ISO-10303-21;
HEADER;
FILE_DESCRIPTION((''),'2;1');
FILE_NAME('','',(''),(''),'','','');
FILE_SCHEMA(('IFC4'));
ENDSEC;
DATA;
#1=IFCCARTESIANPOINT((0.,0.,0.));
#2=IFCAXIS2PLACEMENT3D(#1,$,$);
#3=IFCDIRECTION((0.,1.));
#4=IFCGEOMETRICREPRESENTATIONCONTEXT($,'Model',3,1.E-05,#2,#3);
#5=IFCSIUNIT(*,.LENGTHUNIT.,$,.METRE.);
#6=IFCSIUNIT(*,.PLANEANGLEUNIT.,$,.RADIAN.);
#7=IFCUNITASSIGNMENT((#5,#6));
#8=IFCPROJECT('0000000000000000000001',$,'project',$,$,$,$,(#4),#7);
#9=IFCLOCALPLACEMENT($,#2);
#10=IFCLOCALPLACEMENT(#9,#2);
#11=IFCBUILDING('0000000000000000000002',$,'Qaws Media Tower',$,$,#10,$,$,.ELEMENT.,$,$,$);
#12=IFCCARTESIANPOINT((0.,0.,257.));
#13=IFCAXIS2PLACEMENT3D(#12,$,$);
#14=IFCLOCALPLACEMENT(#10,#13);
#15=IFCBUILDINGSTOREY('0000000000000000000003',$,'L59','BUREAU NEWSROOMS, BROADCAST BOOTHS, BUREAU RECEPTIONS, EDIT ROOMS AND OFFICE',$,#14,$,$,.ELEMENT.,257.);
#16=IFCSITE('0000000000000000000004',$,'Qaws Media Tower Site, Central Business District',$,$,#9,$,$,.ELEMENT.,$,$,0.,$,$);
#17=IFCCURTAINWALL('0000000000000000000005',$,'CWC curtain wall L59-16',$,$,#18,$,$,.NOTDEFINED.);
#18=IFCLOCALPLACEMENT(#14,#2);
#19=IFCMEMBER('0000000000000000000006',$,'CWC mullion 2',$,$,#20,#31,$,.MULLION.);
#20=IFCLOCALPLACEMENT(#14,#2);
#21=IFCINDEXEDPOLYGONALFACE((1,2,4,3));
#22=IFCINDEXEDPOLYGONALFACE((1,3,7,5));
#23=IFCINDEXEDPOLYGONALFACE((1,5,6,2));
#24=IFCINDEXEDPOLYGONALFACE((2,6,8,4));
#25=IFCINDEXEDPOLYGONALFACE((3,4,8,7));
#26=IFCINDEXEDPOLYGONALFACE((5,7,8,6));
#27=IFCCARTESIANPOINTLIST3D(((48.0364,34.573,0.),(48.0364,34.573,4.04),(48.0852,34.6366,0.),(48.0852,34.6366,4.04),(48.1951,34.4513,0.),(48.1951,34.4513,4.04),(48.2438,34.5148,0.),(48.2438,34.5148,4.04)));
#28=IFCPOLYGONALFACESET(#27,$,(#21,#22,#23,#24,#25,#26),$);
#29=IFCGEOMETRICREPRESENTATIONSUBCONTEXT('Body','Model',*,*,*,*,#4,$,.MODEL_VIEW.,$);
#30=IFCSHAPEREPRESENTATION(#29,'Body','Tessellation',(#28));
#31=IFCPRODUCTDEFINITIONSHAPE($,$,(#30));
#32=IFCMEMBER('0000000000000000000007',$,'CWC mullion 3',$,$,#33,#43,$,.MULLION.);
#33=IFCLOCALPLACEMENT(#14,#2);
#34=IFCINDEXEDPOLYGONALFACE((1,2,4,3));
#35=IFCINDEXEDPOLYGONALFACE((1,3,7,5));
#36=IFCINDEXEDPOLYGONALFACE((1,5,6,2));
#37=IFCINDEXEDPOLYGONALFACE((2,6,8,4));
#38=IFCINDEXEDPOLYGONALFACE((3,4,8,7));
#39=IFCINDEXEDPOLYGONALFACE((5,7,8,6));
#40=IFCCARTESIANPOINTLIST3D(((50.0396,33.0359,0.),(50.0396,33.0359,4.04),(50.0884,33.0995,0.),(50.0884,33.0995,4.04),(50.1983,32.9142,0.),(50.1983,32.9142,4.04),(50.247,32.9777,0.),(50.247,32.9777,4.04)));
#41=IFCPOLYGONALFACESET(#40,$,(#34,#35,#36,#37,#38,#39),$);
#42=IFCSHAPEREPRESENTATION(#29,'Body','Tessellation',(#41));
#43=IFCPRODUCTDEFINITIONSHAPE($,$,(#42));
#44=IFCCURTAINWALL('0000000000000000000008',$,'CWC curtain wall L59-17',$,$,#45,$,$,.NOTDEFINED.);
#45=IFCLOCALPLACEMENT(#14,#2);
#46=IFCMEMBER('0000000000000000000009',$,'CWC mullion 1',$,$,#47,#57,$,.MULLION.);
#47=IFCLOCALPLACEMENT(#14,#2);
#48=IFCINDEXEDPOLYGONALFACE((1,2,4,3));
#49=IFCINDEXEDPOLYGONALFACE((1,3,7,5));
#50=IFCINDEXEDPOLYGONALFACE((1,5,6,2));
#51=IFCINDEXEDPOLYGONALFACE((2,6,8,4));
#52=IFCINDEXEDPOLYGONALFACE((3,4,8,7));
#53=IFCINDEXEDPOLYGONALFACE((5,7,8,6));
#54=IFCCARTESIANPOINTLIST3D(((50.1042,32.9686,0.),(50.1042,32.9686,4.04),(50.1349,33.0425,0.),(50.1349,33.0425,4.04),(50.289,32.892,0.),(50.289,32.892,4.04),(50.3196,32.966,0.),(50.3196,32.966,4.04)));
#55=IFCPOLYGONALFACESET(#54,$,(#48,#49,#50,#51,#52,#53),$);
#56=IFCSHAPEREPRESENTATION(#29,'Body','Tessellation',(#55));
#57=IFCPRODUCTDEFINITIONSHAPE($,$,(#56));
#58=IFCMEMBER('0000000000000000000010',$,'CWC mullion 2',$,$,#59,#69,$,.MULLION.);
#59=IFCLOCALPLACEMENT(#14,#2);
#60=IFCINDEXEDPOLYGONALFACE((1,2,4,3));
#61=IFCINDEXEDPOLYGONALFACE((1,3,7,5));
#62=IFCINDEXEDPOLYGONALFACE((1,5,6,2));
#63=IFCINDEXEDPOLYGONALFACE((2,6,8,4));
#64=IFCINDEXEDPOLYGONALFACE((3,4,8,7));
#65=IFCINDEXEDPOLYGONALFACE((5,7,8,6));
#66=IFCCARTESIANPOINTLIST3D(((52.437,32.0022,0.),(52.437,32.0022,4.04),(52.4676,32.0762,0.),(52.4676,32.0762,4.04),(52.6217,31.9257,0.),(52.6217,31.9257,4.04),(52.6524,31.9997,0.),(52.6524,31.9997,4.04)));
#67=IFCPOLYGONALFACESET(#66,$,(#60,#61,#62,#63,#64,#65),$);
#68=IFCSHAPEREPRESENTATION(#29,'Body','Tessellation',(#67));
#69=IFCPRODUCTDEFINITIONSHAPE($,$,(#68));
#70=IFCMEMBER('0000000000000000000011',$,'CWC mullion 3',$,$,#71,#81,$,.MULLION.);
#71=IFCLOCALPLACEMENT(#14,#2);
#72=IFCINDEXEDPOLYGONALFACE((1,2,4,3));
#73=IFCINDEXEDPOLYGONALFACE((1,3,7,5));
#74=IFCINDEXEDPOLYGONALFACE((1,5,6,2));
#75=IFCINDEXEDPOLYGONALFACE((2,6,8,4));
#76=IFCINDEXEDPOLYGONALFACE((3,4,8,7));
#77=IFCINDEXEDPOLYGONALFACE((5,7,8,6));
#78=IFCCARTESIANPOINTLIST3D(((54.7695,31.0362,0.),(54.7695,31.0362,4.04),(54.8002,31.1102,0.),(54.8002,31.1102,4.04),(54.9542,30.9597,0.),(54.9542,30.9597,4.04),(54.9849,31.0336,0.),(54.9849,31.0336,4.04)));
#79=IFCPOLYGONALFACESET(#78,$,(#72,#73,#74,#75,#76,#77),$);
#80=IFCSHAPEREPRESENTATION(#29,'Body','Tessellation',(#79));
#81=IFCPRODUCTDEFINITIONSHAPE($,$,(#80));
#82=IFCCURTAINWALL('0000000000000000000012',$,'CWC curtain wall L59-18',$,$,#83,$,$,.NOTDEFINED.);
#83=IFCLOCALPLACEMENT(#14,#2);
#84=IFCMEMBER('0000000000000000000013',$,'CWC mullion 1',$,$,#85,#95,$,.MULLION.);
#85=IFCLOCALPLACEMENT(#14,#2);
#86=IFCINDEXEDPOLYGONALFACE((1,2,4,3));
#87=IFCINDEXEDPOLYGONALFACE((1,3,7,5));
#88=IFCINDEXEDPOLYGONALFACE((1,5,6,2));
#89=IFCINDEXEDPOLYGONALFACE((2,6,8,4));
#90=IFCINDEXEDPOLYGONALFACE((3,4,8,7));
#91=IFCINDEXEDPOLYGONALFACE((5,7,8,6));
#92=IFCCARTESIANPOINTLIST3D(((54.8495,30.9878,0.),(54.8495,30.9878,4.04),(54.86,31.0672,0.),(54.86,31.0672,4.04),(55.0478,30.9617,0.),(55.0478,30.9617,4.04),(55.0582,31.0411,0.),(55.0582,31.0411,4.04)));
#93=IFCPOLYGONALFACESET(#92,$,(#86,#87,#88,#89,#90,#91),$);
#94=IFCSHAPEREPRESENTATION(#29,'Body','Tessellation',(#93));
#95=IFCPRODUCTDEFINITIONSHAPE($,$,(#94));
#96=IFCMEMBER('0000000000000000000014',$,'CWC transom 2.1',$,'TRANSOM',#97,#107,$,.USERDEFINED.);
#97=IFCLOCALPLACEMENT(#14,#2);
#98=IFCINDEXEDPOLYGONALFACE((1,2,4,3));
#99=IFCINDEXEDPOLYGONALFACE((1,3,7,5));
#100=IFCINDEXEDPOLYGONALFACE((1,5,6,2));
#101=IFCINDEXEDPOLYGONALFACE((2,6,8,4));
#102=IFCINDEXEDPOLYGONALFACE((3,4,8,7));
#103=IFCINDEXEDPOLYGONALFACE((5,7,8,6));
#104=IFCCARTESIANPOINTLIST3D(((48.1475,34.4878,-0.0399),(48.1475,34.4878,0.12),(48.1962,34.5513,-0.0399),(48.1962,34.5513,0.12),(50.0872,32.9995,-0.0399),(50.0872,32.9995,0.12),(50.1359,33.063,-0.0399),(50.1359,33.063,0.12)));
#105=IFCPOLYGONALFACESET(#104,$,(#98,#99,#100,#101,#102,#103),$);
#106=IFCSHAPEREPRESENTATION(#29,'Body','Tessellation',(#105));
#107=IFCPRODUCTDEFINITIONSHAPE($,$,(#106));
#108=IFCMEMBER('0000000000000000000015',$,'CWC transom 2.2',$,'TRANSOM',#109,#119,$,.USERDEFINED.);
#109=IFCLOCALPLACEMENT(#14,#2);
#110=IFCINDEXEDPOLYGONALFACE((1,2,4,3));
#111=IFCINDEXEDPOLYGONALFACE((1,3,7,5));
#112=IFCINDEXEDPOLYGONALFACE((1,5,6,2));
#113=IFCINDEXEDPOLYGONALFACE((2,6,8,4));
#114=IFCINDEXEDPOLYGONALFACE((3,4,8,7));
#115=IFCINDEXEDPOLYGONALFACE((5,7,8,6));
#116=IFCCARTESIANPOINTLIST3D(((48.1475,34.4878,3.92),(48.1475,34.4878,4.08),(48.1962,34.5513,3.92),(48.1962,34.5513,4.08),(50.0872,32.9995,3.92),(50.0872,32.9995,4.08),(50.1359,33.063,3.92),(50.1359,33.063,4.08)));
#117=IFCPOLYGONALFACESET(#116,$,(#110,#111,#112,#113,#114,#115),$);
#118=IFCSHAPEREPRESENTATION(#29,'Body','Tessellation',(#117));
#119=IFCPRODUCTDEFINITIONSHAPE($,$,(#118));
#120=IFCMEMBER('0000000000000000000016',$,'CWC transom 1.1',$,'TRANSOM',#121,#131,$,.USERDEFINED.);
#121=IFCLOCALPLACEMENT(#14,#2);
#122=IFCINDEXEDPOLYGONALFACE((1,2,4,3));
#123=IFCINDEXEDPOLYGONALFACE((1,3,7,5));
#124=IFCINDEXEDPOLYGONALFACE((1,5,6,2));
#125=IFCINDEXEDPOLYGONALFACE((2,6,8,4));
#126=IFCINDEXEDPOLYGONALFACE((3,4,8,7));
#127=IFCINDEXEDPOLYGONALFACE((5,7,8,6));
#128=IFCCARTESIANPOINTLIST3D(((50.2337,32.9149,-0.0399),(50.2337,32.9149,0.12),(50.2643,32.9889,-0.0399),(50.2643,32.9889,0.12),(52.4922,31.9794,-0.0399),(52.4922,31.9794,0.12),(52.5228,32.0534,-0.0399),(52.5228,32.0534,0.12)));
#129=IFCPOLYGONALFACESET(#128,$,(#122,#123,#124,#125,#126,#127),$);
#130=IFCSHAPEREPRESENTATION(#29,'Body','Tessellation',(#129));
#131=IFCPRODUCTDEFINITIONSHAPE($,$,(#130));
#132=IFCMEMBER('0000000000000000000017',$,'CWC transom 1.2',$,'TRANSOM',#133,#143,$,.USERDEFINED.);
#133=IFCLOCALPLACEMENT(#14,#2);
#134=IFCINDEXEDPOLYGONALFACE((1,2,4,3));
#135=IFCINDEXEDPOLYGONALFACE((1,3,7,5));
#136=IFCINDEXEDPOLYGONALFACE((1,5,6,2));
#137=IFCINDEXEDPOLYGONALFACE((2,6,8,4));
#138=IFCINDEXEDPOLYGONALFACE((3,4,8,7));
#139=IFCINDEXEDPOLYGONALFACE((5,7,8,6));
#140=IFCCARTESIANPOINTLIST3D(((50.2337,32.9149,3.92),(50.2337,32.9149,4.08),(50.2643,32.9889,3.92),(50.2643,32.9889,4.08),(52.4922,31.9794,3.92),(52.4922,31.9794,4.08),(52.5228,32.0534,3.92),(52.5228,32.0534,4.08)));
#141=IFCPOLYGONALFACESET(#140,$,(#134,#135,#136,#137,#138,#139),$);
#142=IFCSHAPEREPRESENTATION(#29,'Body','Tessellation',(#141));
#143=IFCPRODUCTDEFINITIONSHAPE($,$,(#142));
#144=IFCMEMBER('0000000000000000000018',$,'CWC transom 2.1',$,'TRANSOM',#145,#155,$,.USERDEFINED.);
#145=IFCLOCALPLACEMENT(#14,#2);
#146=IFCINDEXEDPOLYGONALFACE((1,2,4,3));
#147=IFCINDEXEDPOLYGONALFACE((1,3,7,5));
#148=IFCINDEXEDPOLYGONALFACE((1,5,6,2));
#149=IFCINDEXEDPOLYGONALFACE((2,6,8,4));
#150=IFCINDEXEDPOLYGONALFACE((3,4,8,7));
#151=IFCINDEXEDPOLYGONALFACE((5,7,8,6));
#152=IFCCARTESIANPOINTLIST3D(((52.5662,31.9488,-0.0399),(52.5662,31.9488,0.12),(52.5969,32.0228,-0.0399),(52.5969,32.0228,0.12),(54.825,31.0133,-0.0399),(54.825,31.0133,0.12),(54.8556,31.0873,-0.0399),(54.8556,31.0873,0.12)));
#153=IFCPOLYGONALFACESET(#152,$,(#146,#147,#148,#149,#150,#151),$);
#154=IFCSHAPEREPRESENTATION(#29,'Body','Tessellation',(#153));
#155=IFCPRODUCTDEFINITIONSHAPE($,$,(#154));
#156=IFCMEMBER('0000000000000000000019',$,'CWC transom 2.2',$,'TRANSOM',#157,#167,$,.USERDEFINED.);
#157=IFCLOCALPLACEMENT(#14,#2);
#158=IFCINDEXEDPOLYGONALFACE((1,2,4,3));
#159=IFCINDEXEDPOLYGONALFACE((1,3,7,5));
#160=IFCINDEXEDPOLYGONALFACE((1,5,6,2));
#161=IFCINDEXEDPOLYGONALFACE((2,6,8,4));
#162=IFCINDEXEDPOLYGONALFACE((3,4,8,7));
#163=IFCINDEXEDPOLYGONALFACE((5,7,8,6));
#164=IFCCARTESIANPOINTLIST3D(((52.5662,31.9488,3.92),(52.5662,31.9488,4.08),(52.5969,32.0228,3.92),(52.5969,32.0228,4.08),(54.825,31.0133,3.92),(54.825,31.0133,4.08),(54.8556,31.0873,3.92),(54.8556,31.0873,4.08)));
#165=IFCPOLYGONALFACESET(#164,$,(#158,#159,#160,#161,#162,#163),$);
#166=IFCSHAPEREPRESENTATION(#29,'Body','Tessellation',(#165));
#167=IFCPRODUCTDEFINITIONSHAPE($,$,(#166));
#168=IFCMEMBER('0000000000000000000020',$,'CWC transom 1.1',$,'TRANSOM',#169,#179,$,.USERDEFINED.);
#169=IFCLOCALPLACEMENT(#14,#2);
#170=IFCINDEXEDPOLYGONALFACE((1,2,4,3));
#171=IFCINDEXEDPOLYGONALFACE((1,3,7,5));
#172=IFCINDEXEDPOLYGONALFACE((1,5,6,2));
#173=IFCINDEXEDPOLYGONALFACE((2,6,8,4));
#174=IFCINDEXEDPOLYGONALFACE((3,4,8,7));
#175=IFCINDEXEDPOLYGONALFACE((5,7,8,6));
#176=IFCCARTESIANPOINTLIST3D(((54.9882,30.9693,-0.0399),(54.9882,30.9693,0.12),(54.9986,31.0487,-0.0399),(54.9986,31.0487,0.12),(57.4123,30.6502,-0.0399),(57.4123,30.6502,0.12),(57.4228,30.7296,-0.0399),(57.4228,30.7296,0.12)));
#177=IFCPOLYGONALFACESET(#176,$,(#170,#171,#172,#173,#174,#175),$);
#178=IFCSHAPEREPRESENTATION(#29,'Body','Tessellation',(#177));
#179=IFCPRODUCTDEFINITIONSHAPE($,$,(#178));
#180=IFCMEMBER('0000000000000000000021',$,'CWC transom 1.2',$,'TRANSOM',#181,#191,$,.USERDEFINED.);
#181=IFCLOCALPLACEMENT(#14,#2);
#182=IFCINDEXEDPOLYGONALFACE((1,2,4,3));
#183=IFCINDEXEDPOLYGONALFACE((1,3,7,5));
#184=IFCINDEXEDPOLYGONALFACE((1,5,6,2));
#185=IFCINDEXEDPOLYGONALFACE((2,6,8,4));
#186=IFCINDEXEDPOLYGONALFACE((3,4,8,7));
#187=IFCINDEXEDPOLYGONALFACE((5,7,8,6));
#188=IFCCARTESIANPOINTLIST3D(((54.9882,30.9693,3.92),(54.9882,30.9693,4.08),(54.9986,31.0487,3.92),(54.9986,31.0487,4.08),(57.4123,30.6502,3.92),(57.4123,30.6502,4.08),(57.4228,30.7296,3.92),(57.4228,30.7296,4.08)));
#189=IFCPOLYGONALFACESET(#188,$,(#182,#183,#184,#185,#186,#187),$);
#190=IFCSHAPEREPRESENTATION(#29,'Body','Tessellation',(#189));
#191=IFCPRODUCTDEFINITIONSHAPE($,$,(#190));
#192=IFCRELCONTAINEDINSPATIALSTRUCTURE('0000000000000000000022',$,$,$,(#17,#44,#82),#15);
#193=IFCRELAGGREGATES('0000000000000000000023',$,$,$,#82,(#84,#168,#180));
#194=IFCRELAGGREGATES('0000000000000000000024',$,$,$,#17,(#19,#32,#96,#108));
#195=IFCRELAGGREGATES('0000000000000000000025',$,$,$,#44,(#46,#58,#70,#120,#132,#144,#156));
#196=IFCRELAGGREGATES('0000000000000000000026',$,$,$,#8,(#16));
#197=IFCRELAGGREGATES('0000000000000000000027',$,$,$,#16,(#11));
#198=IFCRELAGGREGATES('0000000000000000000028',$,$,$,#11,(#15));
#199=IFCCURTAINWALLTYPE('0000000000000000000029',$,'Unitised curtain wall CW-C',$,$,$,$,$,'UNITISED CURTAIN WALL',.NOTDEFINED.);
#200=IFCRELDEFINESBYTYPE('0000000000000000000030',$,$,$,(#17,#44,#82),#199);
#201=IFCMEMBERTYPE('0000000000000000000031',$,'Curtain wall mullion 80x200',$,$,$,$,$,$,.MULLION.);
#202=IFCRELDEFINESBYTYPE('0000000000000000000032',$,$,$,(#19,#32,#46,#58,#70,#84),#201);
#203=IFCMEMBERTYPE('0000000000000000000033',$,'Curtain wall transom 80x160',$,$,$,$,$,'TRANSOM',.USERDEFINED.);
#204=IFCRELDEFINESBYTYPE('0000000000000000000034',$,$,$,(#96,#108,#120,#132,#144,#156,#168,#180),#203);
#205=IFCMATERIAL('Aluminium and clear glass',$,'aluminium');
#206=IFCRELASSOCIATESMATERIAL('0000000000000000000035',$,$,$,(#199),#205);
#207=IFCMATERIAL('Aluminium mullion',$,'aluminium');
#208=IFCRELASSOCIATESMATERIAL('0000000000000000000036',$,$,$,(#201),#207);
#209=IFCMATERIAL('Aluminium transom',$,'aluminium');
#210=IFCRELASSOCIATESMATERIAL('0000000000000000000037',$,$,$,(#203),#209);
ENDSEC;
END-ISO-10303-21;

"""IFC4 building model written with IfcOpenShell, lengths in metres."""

from ifc_helpers import new_model, si_unit, direction, frame, origin, origin_2d, place, context, subcontext, project, spatial, rectangle, extrude, material, material_profile, profile_set, type_object, element, aggregate, save


model = new_model("IFC4")

# Units and contexts
model_context = context("Model", 3, precision=1e-05, world=origin(), true_north=direction((0.0, 1.0)))
body_context = subcontext(model_context, "Body", "Model", "MODEL_VIEW")
ifc_project = project(units=[si_unit("LENGTHUNIT", "METRE"), si_unit("PLANEANGLEUNIT", "RADIAN")], contexts=[model_context])

# Site, building, storey
site_placement = place(None, origin())
site = spatial("IfcSite", under=ifc_project, at=site_placement, Name="Qaws Media Tower Site, Central Business District", CompositionType="ELEMENT", RefElevation=0.0)
building_placement = place(site_placement, origin())
building = spatial("IfcBuilding", under=site, at=building_placement, Name="Qaws Media Tower", CompositionType="ELEMENT")
storey_placement = place(building_placement, frame((0.0, 0.0, 257.0)))
storey = spatial("IfcBuildingStorey", under=building, at=storey_placement, Name="L59", Description="BUREAU NEWSROOMS, BROADCAST BOOTHS, BUREAU RECEPTIONS, EDIT ROOMS AND OFFICE", CompositionType="ELEMENT", Elevation=257.0)

# Curtain walls, members
ifc_material_1 = material(Name="Aluminium and clear glass", Category="aluminium")
curtain_wall_type = type_object("IfcCurtainWallType", Name="Unitised curtain wall CW-C", ElementType="UNITISED CURTAIN WALL", PredefinedType="NOTDEFINED", material=ifc_material_1)
curtain_wall_1_placement = place(storey_placement, origin())
curtain_wall_1 = element("IfcCurtainWall", 1, at=curtain_wall_1_placement, inside=storey, type_object=curtain_wall_type, Name="CWC curtain wall L59-16", PredefinedType="NOTDEFINED")
ifc_material_2 = material(Name="Aluminium mullion", Category="aluminium")
ifc_material_profile_1 = material_profile(ifc_material_2, rectangle(XDim=0.0801, YDim=0.2, at=origin_2d()), Name="80x200")
ifc_profile_set_1 = profile_set([ifc_material_profile_1], Name="Aluminium mullion")
member_type_1 = type_object("IfcMemberType", Name="Curtain wall mullion 80x200", PredefinedType="MULLION", material=ifc_profile_set_1)
member_1_placement = place(storey_placement, frame((48.1401, 34.5439, 0.0), z_axis=(0.0, 0.0, 1.0), x_axis=(0.608761, 0.793353, 0.0)))
member_1 = element("IfcMember", 2, at=member_1_placement, type_object=member_type_1, Name="CWC mullion 2", PredefinedType="MULLION", context=body_context, shape_type="SweptSolid", body=[
    extrude(rectangle(XDim=0.0801, YDim=0.2, at=origin_2d()), origin(), (0.0, 0.0, 1.0), 4.04),
])
member_2_placement = place(storey_placement, frame((50.1433, 33.0068, 0.0), z_axis=(0.0, 0.0, 1.0), x_axis=(0.608761, 0.793353, 0.0)))
member_2 = element("IfcMember", 3, at=member_2_placement, type_object=member_type_1, Name="CWC mullion 3", PredefinedType="MULLION", context=body_context, shape_type="SweptSolid", body=[
    extrude(rectangle(XDim=0.0801, YDim=0.2, at=origin_2d()), origin(), (0.0, 0.0, 1.0), 4.04),
])
curtain_wall_2_placement = place(storey_placement, origin())
curtain_wall_2 = element("IfcCurtainWall", 4, at=curtain_wall_2_placement, inside=storey, type_object=curtain_wall_type, Name="CWC curtain wall L59-17", PredefinedType="NOTDEFINED")
member_3_placement = place(storey_placement, frame((50.2119, 32.9673, 0.0), z_axis=(0.0, 0.0, 1.0), x_axis=(0.382683, 0.92388, 0.0)))
member_3 = element("IfcMember", 5, at=member_3_placement, type_object=member_type_1, Name="CWC mullion 1", PredefinedType="MULLION", context=body_context, shape_type="SweptSolid", body=[
    extrude(rectangle(XDim=0.0801, YDim=0.2, at=origin_2d()), origin(), (0.0, 0.0, 1.0), 4.04),
])
member_4_placement = place(storey_placement, frame((52.5447, 32.001, 0.0), z_axis=(0.0, 0.0, 1.0), x_axis=(0.382683, 0.92388, 0.0)))
member_4 = element("IfcMember", 6, at=member_4_placement, type_object=member_type_1, Name="CWC mullion 2", PredefinedType="MULLION", context=body_context, shape_type="SweptSolid", body=[
    extrude(rectangle(XDim=0.0801, YDim=0.2, at=origin_2d()), origin(), (0.0, 0.0, 1.0), 4.04),
])
member_5_placement = place(storey_placement, frame((54.8772, 31.0349, 0.0), z_axis=(0.0, 0.0, 1.0), x_axis=(0.382683, 0.92388, 0.0)))
member_5 = element("IfcMember", 7, at=member_5_placement, type_object=member_type_1, Name="CWC mullion 3", PredefinedType="MULLION", context=body_context, shape_type="SweptSolid", body=[
    extrude(rectangle(XDim=0.0801, YDim=0.2, at=origin_2d()), origin(), (0.0, 0.0, 1.0), 4.04),
])

# Curtain wall, member
curtain_wall_3_placement = place(storey_placement, origin())
curtain_wall_3 = element("IfcCurtainWall", 8, at=curtain_wall_3_placement, inside=storey, type_object=curtain_wall_type, Name="CWC curtain wall L59-18", PredefinedType="NOTDEFINED")
member_6_placement = place(storey_placement, frame((54.9539, 31.0144, 0.0), z_axis=(0.0, 0.0, 1.0), x_axis=(0.130526, 0.991445, 0.0)))
member_6 = element("IfcMember", 9, at=member_6_placement, type_object=member_type_1, Name="CWC mullion 1", PredefinedType="MULLION", context=body_context, shape_type="SweptSolid", body=[
    extrude(rectangle(XDim=0.0801, YDim=0.2, at=origin_2d()), origin(), (0.0, 0.0, 1.0), 4.04),
])

# Members
ifc_material_3 = material(Name="Aluminium transom", Category="aluminium")
ifc_material_profile_2 = material_profile(ifc_material_3, rectangle(XDim=0.0801, YDim=0.1599, at=origin_2d()), Name="80x160")
ifc_profile_set_2 = profile_set([ifc_material_profile_2], Name="Aluminium transom")
member_type_2 = type_object("IfcMemberType", Name="Curtain wall transom 80x160", ElementType="TRANSOM", PredefinedType="USERDEFINED", material=ifc_profile_set_2)
member_7_placement = place(storey_placement, frame((48.1719, 34.5195, 0.04), z_axis=(0.793373, -0.608735, 0.0), x_axis=(0.608735, 0.793373, 0.0)))
member_7 = element("IfcMember", 10, at=member_7_placement, type_object=member_type_2, Name="CWC transom 2.1", ObjectType="TRANSOM", PredefinedType="USERDEFINED", context=body_context, shape_type="SweptSolid", body=[
    extrude(rectangle(XDim=0.0801, YDim=0.1599, at=origin_2d()), origin(), (0.0, 0.0, 1.0), 2.4448),
])
member_8_placement = place(storey_placement, frame((48.1719, 34.5195, 4.0), z_axis=(0.793373, -0.608735, 0.0), x_axis=(0.608735, 0.793373, 0.0)))
member_8 = element("IfcMember", 11, at=member_8_placement, type_object=member_type_2, Name="CWC transom 2.2", ObjectType="TRANSOM", PredefinedType="USERDEFINED", context=body_context, shape_type="SweptSolid", body=[
    extrude(rectangle(XDim=0.0801, YDim=0.1599, at=origin_2d()), origin(), (0.0, 0.0, 1.0), 2.4448),
])
member_9_placement = place(storey_placement, frame((50.249, 32.9519, 0.04), z_axis=(0.923876, -0.382693, 0.0), x_axis=(0.382693, 0.923876, 0.0)))
member_9 = element("IfcMember", 12, at=member_9_placement, type_object=member_type_2, Name="CWC transom 1.1", ObjectType="TRANSOM", PredefinedType="USERDEFINED", context=body_context, shape_type="SweptSolid", body=[
    extrude(rectangle(XDim=0.0801, YDim=0.1599, at=origin_2d()), origin(), (0.0, 0.0, 1.0), 2.4446),
])
member_10_placement = place(storey_placement, frame((50.249, 32.9519, 4.0), z_axis=(0.923876, -0.382693, 0.0), x_axis=(0.382693, 0.923876, 0.0)))
member_10 = element("IfcMember", 13, at=member_10_placement, type_object=member_type_2, Name="CWC transom 1.2", ObjectType="TRANSOM", PredefinedType="USERDEFINED", context=body_context, shape_type="SweptSolid", body=[
    extrude(rectangle(XDim=0.0801, YDim=0.1599, at=origin_2d()), origin(), (0.0, 0.0, 1.0), 2.4446),
])
member_11_placement = place(storey_placement, frame((52.5815, 31.9858, 0.04), z_axis=(0.92389, -0.382658, 0.0), x_axis=(0.382658, 0.92389, 0.0)))
member_11 = element("IfcMember", 14, at=member_11_placement, type_object=member_type_2, Name="CWC transom 2.1", ObjectType="TRANSOM", PredefinedType="USERDEFINED", context=body_context, shape_type="SweptSolid", body=[
    extrude(rectangle(XDim=0.0801, YDim=0.1599, at=origin_2d()), origin(), (0.0, 0.0, 1.0), 2.4448),
])
member_12_placement = place(storey_placement, frame((52.5815, 31.9858, 4.0), z_axis=(0.92389, -0.382658, 0.0), x_axis=(0.382658, 0.92389, 0.0)))
member_12 = element("IfcMember", 15, at=member_12_placement, type_object=member_type_2, Name="CWC transom 2.2", ObjectType="TRANSOM", PredefinedType="USERDEFINED", context=body_context, shape_type="SweptSolid", body=[
    extrude(rectangle(XDim=0.0801, YDim=0.1599, at=origin_2d()), origin(), (0.0, 0.0, 1.0), 2.4448),
])
member_13_placement = place(storey_placement, frame((54.9934, 31.009, 0.04), z_axis=(0.991447, -0.130509, 0.0), x_axis=(0.130509, 0.991447, 0.0)))
member_13 = element("IfcMember", 16, at=member_13_placement, type_object=member_type_2, Name="CWC transom 1.1", ObjectType="TRANSOM", PredefinedType="USERDEFINED", context=body_context, shape_type="SweptSolid", body=[
    extrude(rectangle(XDim=0.0801, YDim=0.1599, at=origin_2d()), origin(), (0.0, 0.0, 1.0), 2.4451),
])
member_14_placement = place(storey_placement, frame((54.9934, 31.009, 4.0), z_axis=(0.991447, -0.130509, 0.0), x_axis=(0.130509, 0.991447, 0.0)))
member_14 = element("IfcMember", 17, at=member_14_placement, type_object=member_type_2, Name="CWC transom 1.2", ObjectType="TRANSOM", PredefinedType="USERDEFINED", context=body_context, shape_type="SweptSolid", body=[
    extrude(rectangle(XDim=0.0801, YDim=0.1599, at=origin_2d()), origin(), (0.0, 0.0, 1.0), 2.4451),
])
aggregate(curtain_wall_3, [member_6, member_13, member_14])

aggregate(curtain_wall_1, [member_1, member_2, member_7, member_8])
aggregate(curtain_wall_2, [member_3, member_4, member_5, member_9, member_10, member_11, member_12])

save(model, "model.ifc")
